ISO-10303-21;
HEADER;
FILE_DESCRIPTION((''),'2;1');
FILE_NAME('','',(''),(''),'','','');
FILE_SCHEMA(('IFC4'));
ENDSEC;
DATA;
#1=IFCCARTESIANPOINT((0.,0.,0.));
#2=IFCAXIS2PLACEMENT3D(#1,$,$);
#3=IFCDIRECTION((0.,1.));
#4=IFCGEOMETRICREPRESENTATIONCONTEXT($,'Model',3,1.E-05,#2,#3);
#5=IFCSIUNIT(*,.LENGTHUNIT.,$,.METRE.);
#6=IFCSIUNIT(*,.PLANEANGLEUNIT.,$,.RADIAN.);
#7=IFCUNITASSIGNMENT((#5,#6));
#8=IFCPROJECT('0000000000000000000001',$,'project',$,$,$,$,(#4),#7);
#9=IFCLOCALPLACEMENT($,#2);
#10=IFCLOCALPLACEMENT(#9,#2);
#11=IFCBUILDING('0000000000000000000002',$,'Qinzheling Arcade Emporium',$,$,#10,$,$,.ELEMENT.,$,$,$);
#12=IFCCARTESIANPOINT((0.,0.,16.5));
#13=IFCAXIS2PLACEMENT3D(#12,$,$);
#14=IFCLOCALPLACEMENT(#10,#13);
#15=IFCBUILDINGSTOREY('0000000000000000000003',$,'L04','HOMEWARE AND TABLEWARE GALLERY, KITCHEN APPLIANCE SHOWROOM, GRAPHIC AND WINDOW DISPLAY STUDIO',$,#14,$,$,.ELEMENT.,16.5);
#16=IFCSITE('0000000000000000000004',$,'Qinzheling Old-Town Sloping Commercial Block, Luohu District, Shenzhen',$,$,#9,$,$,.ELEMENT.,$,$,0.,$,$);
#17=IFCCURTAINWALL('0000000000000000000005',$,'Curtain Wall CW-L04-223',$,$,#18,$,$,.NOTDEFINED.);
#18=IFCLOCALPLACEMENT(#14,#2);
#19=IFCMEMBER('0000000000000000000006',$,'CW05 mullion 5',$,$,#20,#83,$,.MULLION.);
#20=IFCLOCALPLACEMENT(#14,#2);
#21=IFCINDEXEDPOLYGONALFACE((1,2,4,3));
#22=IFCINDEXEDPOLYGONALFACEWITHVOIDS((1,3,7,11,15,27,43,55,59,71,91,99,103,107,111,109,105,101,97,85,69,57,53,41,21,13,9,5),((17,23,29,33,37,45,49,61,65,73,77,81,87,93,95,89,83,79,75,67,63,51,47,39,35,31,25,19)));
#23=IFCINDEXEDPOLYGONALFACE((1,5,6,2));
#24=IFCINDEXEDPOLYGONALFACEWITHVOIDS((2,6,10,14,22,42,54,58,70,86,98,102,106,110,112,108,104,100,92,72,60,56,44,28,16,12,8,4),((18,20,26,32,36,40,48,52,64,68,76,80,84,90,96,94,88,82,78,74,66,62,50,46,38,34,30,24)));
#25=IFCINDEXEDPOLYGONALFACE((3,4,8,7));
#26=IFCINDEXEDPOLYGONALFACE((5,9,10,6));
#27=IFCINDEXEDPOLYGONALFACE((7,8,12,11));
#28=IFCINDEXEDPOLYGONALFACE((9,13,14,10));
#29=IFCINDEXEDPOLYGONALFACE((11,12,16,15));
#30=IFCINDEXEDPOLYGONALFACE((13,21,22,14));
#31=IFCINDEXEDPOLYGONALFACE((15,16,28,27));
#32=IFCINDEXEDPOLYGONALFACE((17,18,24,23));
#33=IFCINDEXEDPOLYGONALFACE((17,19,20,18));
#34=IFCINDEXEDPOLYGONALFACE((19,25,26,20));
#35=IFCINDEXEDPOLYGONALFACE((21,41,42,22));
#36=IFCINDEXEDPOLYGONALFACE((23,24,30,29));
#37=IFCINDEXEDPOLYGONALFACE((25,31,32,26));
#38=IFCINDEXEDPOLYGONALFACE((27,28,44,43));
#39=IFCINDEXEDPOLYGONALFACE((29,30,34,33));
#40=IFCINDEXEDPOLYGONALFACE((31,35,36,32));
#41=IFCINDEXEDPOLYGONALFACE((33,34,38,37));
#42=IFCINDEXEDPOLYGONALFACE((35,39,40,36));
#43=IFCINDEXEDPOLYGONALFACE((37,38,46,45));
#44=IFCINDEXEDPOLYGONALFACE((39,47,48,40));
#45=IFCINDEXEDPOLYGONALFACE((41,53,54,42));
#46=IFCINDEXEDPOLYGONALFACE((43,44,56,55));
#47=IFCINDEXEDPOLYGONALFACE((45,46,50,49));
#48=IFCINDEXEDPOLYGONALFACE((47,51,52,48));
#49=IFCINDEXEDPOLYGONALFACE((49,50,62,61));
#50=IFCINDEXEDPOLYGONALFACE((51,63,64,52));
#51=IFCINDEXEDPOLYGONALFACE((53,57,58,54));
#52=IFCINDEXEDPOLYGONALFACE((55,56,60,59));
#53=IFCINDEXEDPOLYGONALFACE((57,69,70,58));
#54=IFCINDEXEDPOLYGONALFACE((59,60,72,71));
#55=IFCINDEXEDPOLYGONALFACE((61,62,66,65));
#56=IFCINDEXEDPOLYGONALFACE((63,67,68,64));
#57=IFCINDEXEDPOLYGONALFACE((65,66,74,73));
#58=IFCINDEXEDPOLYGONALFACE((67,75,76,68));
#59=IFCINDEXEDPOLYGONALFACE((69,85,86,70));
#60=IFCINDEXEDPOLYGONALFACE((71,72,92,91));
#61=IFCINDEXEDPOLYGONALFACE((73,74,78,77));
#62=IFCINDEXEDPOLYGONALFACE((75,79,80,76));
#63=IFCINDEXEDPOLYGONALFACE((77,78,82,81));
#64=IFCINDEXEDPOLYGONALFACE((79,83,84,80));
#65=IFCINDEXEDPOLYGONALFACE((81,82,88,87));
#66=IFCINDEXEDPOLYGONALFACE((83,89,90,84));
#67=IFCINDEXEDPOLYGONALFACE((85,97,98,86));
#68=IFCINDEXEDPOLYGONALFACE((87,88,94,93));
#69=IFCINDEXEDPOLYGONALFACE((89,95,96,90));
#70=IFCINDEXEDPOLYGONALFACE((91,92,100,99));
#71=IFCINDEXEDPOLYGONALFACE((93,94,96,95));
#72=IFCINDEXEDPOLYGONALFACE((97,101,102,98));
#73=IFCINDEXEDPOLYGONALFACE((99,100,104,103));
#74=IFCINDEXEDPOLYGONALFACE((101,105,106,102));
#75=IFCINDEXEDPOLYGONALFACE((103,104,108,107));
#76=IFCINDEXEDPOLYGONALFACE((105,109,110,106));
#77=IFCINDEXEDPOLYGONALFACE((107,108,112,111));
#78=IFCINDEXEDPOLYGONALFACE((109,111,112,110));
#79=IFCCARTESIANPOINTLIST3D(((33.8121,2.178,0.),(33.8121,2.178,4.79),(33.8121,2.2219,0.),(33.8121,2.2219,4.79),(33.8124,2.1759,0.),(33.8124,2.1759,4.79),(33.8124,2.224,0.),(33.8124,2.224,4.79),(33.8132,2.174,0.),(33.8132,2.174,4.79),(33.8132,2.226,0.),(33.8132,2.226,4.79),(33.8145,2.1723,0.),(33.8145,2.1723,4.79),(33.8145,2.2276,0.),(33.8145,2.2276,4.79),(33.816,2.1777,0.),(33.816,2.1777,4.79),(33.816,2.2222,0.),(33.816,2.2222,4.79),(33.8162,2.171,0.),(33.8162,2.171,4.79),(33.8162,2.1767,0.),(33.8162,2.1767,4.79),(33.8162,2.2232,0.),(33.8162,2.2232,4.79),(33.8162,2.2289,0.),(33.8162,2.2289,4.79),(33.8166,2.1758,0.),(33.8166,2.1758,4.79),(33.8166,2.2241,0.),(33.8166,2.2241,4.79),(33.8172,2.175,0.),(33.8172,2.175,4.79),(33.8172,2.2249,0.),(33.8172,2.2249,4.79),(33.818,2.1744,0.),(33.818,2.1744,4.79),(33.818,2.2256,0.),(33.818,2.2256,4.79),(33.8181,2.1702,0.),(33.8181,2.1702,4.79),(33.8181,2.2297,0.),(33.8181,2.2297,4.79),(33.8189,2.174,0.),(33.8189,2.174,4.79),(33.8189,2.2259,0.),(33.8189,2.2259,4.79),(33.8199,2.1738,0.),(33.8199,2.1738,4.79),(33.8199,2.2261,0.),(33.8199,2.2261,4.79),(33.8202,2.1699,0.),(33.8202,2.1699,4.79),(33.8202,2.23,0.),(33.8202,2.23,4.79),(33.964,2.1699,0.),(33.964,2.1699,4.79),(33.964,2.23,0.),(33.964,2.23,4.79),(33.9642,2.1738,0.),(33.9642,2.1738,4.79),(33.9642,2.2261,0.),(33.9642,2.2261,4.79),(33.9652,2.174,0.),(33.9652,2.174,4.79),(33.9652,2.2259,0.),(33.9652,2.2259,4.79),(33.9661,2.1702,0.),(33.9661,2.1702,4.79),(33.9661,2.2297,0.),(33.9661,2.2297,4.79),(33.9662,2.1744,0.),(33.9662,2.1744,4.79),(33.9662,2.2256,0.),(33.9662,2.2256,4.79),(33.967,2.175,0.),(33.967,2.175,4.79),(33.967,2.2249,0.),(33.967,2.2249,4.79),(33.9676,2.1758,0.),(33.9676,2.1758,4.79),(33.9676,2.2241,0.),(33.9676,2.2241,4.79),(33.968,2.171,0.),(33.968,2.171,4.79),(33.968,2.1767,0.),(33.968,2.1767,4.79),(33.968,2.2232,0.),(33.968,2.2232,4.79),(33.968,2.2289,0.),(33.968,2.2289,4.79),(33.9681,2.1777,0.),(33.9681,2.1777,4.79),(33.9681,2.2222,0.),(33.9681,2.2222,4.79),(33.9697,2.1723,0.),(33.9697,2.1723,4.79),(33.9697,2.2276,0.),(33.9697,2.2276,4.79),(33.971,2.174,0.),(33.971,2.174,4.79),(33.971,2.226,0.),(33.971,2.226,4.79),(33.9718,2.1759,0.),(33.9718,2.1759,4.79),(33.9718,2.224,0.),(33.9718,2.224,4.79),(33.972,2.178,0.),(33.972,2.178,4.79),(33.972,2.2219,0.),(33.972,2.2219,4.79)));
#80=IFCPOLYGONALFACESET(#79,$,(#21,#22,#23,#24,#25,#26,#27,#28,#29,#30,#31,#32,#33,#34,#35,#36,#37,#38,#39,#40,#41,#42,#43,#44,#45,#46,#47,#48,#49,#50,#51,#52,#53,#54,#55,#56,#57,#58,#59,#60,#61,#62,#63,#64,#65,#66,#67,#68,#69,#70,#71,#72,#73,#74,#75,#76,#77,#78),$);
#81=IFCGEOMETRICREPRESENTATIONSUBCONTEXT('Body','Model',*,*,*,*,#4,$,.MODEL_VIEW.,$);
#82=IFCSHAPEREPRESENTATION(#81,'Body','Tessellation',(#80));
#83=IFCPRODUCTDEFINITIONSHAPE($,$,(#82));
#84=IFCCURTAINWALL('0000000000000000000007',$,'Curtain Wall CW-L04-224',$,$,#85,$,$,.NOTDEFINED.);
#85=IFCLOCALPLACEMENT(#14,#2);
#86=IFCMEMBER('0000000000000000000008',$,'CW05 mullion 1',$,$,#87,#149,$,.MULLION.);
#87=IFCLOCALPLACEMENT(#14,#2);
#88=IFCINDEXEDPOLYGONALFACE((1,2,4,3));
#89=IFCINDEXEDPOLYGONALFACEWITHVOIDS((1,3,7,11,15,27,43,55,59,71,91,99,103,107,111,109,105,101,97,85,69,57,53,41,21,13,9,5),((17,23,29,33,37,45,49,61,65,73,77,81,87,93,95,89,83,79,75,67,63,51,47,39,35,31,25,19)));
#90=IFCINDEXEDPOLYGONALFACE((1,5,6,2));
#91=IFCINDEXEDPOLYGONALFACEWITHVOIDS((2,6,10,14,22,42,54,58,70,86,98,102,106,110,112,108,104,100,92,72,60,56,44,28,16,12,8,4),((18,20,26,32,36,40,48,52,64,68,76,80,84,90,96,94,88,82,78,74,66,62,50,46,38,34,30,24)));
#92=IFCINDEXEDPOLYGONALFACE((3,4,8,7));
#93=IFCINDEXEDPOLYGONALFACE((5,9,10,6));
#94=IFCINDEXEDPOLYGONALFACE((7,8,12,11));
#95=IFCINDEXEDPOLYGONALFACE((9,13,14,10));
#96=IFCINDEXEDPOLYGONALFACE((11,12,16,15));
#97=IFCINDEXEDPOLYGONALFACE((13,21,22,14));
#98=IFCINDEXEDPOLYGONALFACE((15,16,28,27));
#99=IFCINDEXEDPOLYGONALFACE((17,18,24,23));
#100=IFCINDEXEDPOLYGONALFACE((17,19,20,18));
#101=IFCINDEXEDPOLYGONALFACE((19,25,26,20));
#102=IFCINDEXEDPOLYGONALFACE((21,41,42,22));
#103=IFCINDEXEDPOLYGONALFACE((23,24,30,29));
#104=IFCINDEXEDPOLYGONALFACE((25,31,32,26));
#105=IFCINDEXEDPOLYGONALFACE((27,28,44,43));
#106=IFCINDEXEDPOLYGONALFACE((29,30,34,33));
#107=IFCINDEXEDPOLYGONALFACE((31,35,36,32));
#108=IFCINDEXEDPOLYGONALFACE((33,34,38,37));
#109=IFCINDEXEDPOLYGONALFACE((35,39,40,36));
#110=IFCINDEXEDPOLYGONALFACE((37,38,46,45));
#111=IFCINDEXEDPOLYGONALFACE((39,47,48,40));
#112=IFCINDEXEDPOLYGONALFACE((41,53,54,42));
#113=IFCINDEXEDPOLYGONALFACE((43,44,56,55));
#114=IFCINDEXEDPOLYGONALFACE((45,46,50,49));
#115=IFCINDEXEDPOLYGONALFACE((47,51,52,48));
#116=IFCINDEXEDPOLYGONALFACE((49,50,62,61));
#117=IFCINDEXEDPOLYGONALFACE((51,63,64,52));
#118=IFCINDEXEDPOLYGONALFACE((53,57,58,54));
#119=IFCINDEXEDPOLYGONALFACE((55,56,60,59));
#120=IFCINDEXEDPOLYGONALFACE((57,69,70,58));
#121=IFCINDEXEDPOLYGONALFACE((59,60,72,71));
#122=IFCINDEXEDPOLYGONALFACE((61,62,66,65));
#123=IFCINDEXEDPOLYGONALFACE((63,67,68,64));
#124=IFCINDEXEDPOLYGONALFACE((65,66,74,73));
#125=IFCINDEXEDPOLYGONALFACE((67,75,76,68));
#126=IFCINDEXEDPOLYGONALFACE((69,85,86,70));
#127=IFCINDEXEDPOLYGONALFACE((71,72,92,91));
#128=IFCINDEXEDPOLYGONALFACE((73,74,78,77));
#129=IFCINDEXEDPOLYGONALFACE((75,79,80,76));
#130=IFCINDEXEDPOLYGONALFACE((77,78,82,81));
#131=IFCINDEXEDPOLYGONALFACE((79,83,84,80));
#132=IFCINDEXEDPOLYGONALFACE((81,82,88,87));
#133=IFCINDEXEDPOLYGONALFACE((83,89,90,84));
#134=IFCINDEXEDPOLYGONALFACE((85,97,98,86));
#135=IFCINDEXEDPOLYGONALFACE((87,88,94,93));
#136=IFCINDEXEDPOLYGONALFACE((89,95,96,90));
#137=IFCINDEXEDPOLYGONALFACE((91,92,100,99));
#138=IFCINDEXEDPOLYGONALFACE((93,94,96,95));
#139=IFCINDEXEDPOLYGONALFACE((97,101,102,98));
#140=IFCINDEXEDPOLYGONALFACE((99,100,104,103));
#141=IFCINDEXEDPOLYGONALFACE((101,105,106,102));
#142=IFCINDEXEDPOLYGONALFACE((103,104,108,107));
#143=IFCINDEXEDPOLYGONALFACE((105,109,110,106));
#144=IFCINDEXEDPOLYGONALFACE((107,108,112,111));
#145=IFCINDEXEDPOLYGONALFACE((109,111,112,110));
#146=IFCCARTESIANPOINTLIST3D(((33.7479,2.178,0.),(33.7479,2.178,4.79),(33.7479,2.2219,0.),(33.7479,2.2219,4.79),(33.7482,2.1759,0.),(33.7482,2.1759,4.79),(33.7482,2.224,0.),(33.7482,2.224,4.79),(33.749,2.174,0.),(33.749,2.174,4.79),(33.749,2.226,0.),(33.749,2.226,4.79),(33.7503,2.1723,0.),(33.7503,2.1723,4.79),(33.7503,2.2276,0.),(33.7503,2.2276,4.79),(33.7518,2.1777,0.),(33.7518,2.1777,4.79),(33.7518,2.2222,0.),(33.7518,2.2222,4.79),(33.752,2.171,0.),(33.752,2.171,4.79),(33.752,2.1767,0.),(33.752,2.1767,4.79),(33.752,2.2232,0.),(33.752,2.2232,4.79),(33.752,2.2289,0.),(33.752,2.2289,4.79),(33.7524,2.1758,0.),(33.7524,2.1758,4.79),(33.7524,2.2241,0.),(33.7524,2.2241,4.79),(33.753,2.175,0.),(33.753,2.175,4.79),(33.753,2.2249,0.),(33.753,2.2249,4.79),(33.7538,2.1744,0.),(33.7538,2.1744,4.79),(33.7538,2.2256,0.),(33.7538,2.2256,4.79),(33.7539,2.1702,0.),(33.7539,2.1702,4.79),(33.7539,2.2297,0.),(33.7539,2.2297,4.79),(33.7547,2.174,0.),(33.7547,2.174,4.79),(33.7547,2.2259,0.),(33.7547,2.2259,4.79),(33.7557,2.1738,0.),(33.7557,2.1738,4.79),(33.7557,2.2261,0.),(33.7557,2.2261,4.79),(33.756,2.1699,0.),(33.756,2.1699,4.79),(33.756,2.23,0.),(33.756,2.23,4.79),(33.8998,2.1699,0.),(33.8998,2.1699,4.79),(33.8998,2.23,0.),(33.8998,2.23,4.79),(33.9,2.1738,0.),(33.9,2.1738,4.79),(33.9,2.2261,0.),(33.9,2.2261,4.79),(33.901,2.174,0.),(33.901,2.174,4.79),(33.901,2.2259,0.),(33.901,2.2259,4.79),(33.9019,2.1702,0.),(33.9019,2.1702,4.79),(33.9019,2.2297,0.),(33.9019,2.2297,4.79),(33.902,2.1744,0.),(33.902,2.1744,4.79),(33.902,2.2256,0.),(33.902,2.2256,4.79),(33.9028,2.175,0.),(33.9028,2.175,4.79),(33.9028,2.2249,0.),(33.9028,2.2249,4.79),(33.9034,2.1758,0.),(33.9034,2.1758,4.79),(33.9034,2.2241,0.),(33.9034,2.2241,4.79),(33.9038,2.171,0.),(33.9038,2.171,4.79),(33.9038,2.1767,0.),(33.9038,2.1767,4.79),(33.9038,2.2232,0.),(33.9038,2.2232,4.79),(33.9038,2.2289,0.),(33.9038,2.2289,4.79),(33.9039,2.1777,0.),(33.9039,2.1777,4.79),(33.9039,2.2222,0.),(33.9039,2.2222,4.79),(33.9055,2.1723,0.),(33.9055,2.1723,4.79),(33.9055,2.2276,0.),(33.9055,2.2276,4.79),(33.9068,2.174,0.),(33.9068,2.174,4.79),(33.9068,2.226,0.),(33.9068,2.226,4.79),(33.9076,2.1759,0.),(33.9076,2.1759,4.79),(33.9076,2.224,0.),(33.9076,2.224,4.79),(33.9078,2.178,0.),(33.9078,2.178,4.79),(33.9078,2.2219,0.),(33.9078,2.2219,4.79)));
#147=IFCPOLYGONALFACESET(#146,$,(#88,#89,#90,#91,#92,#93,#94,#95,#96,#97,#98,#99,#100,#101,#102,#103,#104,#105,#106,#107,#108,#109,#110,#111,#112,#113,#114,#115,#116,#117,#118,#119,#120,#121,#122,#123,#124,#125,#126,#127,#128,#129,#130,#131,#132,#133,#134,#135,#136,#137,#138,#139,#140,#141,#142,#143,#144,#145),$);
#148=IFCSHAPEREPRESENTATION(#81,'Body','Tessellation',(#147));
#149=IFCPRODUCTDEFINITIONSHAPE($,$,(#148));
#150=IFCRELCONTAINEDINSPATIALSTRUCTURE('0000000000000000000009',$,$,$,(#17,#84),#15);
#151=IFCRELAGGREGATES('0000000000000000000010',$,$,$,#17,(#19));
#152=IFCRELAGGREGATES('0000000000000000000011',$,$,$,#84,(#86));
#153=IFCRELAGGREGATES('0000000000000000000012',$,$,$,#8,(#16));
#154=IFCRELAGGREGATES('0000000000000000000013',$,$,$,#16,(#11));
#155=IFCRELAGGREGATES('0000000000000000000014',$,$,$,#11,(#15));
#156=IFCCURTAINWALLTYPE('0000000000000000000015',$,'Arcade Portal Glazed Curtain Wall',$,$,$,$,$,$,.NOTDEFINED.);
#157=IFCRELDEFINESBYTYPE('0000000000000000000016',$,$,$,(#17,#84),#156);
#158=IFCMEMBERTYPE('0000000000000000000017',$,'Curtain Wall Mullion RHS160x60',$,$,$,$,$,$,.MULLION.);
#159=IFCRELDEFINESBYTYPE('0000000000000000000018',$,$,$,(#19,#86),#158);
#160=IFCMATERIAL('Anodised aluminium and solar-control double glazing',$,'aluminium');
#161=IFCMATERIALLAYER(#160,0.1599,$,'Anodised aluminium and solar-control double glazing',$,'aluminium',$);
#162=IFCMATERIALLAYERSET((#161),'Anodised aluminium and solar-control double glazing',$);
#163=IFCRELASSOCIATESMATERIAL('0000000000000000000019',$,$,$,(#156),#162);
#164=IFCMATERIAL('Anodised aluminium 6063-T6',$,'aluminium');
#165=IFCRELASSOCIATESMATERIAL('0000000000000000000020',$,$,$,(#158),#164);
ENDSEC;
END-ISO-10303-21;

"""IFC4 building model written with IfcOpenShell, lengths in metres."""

from ifc_helpers import new_model, si_unit, direction, frame, origin, origin_2d, place, context, subcontext, project, spatial, hollow_rectangle, extrude, material, layer, layer_set, material_profile, profile_set, type_object, element, aggregate, save


model = new_model("IFC4")

# Units and contexts
model_context = context("Model", 3, precision=1e-05, world=origin(), true_north=direction((0.0, 1.0)))
body_context = subcontext(model_context, "Body", "Model", "MODEL_VIEW")
ifc_project = project(units=[si_unit("LENGTHUNIT", "METRE"), si_unit("PLANEANGLEUNIT", "RADIAN")], contexts=[model_context])

# Site, building, storey
site_placement = place(None, origin())
site = spatial("IfcSite", under=ifc_project, at=site_placement, Name="Qinzheling Old-Town Sloping Commercial Block, Luohu District, Shenzhen", CompositionType="ELEMENT", RefElevation=0.0)
building_placement = place(site_placement, origin())
building = spatial("IfcBuilding", under=site, at=building_placement, Name="Qinzheling Arcade Emporium", CompositionType="ELEMENT")
storey_placement = place(building_placement, frame((0.0, 0.0, 16.5)))
storey = spatial("IfcBuildingStorey", under=building, at=storey_placement, Name="L04", Description="HOMEWARE AND TABLEWARE GALLERY, KITCHEN APPLIANCE SHOWROOM, GRAPHIC AND WINDOW DISPLAY STUDIO", CompositionType="ELEMENT", Elevation=16.5)

# Curtain wall, member
ifc_material_1 = material(Name="Anodised aluminium and solar-control double glazing", Category="aluminium")
ifc_layer_1 = layer(ifc_material_1, 0.1599, Name="Anodised aluminium and solar-control double glazing", Category="aluminium")
ifc_layer_set_1 = layer_set([ifc_layer_1], Name="Anodised aluminium and solar-control double glazing")
curtain_wall_type = type_object("IfcCurtainWallType", Name="Arcade Portal Glazed Curtain Wall", PredefinedType="NOTDEFINED", material=ifc_layer_set_1)
curtain_wall_1_placement = place(storey_placement, origin())
curtain_wall_1 = element("IfcCurtainWall", 1, at=curtain_wall_1_placement, inside=storey, type_object=curtain_wall_type, Name="Curtain Wall CW-L04-223", PredefinedType="NOTDEFINED")
ifc_material_2 = material(Name="Anodised aluminium 6063-T6", Category="aluminium")
ifc_material_profile_1 = material_profile(ifc_material_2, hollow_rectangle(XDim=0.0601, YDim=0.1599, WallThickness=0.0039, InnerFilletRadius=0.0039, OuterFilletRadius=0.0081, at=origin_2d()), Name="RHS 160x60x4", Category="aluminium")
ifc_profile_set_1 = profile_set([ifc_material_profile_1], Name="Anodised aluminium 6063-T6")
member_type_1 = type_object("IfcMemberType", Name="Curtain Wall Mullion RHS160x60", PredefinedType="MULLION", material=ifc_profile_set_1)
member_1_placement = place(storey_placement, frame((33.8921, 2.2, 0.0), z_axis=(0.0, 0.0, 1.0), x_axis=(0.0, -1.0, 0.0)))
member_1 = element("IfcMember", 2, at=member_1_placement, type_object=member_type_1, Name="CW05 mullion 5", PredefinedType="MULLION", context=body_context, shape_type="SweptSolid", body=[
    extrude(hollow_rectangle(XDim=0.0601, YDim=0.1599, WallThickness=0.0039, InnerFilletRadius=0.0039, OuterFilletRadius=0.0081, at=origin_2d()), origin(), (0.0, 0.0, 1.0), 4.79),
])

# Curtain wall, member
curtain_wall_2_placement = place(storey_placement, origin())
curtain_wall_2 = element("IfcCurtainWall", 3, at=curtain_wall_2_placement, inside=storey, type_object=curtain_wall_type, Name="Curtain Wall CW-L04-224", PredefinedType="NOTDEFINED")
member_2_placement = place(storey_placement, frame((33.8279, 2.2, 0.0), z_axis=(0.0, 0.0, 1.0), x_axis=(0.0, -1.0, 0.0)))
member_2 = element("IfcMember", 4, at=member_2_placement, type_object=member_type_1, Name="CW05 mullion 1", PredefinedType="MULLION", context=body_context, shape_type="SweptSolid", body=[
    extrude(hollow_rectangle(XDim=0.0601, YDim=0.1599, WallThickness=0.0039, InnerFilletRadius=0.0039, OuterFilletRadius=0.0081, at=origin_2d()), origin(), (0.0, 0.0, 1.0), 4.79),
])

aggregate(curtain_wall_1, [member_1])
aggregate(curtain_wall_2, [member_2])

save(model, "model.ifc")
